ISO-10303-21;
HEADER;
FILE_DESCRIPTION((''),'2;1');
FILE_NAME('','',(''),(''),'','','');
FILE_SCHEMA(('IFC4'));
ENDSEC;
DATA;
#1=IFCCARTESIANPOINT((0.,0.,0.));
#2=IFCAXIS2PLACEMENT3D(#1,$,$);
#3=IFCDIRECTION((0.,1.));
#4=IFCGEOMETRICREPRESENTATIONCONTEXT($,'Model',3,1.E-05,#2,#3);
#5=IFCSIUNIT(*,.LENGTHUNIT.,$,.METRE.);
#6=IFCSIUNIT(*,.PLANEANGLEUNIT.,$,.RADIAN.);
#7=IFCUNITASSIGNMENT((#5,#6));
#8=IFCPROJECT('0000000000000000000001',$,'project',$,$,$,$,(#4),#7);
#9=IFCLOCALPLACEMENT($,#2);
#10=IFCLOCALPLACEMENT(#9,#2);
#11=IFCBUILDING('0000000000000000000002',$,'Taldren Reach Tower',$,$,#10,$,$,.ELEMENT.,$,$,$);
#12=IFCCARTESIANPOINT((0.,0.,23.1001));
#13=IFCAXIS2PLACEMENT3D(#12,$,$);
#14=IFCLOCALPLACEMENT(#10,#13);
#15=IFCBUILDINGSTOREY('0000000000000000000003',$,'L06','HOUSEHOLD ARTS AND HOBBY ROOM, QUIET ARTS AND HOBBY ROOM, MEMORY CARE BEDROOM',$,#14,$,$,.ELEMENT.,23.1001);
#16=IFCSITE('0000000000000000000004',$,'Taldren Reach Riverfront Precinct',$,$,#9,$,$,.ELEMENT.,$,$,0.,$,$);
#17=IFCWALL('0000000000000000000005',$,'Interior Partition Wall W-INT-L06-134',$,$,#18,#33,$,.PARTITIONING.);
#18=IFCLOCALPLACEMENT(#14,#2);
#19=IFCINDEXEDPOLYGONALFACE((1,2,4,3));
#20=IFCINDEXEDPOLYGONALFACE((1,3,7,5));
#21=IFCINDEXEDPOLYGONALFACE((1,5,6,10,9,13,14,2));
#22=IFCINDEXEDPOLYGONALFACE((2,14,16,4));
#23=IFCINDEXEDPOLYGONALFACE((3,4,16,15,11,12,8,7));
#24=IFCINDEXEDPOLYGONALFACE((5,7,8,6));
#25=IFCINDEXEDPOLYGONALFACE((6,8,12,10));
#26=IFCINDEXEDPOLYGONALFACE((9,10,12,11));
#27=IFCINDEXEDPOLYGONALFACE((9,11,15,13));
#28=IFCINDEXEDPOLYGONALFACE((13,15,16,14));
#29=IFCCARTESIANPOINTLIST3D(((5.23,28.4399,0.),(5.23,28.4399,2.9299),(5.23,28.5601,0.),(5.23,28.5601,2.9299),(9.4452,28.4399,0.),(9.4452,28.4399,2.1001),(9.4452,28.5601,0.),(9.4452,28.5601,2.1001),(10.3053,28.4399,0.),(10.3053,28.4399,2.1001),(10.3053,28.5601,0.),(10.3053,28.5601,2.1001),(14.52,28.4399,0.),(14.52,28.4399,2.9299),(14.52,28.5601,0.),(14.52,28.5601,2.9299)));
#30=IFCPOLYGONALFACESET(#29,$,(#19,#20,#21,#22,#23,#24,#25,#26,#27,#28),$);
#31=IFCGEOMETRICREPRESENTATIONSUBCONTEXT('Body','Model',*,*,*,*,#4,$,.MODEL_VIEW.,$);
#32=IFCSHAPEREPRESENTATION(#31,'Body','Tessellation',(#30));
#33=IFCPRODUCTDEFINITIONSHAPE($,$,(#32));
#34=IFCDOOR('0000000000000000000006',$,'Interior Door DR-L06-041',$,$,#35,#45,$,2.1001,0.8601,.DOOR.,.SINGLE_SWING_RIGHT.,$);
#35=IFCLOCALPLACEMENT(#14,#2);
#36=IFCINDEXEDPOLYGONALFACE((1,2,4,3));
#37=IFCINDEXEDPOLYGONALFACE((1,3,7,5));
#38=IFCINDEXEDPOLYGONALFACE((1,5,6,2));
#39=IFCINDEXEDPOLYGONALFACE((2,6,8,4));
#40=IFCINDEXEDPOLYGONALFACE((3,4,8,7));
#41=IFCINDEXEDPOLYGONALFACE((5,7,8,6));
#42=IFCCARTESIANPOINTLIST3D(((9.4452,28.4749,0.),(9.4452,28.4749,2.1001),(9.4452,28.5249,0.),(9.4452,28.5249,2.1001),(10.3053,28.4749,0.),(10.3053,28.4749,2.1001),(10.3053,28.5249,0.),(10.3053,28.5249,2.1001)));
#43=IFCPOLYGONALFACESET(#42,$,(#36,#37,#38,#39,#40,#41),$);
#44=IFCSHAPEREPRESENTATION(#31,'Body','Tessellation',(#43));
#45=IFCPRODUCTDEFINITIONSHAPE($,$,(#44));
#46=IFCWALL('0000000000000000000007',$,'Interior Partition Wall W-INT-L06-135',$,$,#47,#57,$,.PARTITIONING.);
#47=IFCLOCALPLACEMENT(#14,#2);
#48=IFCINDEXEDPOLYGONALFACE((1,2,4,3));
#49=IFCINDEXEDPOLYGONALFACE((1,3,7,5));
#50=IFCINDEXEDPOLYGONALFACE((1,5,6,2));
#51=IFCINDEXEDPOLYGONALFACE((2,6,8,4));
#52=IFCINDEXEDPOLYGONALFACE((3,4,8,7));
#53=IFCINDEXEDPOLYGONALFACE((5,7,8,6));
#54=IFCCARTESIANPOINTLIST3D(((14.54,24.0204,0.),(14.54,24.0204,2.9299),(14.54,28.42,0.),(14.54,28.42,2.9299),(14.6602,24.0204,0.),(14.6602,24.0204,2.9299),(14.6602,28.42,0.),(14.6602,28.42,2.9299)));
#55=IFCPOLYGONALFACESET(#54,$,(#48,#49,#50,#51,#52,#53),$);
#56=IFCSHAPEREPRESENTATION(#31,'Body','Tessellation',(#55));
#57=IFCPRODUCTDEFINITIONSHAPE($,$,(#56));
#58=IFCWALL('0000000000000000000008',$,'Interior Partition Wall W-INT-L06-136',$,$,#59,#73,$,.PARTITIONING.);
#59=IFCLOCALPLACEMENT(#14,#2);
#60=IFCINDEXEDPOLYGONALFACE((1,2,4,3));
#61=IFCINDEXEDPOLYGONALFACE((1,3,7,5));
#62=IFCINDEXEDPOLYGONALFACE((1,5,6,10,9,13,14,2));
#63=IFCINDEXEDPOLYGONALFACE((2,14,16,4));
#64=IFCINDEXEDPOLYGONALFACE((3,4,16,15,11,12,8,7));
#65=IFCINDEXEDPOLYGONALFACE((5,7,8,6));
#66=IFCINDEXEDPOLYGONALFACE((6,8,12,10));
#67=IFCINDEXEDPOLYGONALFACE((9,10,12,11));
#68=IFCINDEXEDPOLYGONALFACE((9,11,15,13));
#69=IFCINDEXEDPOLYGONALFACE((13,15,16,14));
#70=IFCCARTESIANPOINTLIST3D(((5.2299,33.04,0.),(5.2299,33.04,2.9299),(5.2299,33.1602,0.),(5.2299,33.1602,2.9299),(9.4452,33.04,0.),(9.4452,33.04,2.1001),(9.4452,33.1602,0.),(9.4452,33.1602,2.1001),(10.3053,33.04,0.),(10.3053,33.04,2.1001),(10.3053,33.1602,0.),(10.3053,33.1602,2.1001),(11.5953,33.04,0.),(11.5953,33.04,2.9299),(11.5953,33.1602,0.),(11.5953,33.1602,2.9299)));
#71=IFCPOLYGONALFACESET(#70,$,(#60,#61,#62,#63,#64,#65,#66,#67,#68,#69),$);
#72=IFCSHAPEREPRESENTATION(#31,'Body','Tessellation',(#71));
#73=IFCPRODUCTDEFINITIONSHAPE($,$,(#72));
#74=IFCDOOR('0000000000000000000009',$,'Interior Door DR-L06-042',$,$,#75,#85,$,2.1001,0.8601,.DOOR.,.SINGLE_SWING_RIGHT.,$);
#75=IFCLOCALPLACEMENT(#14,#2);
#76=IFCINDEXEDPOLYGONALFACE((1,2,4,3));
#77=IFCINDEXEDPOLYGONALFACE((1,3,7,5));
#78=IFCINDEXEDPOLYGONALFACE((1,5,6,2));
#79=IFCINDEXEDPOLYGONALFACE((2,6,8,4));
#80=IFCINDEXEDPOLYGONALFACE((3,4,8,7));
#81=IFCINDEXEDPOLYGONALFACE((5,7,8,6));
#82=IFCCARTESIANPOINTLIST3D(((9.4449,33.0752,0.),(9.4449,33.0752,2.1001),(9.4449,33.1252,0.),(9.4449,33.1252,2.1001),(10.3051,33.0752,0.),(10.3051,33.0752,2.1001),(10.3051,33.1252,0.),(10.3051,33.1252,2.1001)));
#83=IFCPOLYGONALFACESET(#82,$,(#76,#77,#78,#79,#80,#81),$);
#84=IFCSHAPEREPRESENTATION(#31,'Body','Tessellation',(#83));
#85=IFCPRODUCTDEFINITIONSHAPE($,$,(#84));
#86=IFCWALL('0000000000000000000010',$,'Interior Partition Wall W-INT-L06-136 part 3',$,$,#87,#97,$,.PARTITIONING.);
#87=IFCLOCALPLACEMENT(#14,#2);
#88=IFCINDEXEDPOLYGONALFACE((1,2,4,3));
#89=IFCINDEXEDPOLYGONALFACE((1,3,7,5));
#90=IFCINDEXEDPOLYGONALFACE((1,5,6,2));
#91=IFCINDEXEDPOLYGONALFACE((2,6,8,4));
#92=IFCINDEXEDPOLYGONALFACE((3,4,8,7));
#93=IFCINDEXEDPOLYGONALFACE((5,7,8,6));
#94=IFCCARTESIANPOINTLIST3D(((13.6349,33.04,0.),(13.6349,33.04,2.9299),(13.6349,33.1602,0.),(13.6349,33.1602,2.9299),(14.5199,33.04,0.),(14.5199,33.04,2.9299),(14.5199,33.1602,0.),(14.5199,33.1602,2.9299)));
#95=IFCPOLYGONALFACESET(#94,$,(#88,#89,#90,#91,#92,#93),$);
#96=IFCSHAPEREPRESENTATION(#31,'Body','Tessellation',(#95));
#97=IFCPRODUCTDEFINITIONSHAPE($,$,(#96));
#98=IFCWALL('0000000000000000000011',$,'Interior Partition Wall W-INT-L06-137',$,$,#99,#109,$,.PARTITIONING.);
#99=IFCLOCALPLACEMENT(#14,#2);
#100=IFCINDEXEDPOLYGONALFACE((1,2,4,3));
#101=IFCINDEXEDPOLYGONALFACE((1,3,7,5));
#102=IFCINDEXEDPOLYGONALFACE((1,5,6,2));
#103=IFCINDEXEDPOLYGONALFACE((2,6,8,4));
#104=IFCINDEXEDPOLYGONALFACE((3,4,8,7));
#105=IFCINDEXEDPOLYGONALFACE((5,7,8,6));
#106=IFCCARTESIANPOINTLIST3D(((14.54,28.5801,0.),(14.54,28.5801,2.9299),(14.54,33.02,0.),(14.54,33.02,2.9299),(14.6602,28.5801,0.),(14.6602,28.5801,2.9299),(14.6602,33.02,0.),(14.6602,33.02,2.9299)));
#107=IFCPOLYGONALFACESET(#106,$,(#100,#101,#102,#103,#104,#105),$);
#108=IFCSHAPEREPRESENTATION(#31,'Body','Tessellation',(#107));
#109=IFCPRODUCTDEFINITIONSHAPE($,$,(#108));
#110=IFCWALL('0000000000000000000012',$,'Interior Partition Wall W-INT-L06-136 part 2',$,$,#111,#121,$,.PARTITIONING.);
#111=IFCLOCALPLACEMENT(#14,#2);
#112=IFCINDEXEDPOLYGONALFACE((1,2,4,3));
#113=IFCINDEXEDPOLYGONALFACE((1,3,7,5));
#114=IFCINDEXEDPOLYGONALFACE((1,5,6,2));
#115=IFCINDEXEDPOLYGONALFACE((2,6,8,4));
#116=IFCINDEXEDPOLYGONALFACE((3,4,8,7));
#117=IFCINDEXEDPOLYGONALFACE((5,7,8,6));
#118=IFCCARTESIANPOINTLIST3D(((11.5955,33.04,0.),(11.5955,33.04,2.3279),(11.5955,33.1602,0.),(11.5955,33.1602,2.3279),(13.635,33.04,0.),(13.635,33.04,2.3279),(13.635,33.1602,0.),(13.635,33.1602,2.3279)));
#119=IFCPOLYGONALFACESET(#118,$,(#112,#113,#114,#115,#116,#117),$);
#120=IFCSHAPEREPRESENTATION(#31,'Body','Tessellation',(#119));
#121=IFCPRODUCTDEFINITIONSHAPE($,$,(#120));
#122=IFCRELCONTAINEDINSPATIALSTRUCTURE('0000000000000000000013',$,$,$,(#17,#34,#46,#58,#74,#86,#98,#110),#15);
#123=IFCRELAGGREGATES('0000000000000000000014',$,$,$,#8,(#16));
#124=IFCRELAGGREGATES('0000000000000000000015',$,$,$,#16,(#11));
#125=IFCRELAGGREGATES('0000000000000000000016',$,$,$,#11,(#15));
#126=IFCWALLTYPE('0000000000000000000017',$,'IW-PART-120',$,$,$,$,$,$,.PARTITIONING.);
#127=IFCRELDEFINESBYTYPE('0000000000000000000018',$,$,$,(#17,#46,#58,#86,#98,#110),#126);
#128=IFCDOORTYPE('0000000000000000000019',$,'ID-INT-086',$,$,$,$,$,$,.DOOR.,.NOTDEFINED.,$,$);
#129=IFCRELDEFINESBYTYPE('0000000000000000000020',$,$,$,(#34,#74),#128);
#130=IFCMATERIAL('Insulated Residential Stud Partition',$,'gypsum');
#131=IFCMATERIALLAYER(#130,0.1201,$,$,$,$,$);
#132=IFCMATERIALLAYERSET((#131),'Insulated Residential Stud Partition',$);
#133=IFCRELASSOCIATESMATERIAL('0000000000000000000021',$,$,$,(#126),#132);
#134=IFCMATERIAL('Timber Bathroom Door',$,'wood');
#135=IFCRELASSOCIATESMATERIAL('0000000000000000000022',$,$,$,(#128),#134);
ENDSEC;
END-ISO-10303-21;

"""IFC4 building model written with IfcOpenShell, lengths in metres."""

from ifc_helpers import new_model, si_unit, direction, frame, frame_2d, origin, place, context, subcontext, project, spatial, rectangle, extrude, source, transform, mapped, material, layer, layer_set, type_object, element, fill, save


model = new_model("IFC4")

# Units and contexts
model_context = context("Model", 3, precision=1e-05, world=origin(), true_north=direction((0.0, 1.0)))
body_context = subcontext(model_context, "Body", "Model", "MODEL_VIEW")
ifc_project = project(units=[si_unit("LENGTHUNIT", "METRE"), si_unit("PLANEANGLEUNIT", "RADIAN")], contexts=[model_context])

# Site, building, storey
site_placement = place(None, origin())
site = spatial("IfcSite", under=ifc_project, at=site_placement, Name="Taldren Reach Riverfront Precinct", CompositionType="ELEMENT", RefElevation=0.0)
building_placement = place(site_placement, origin())
building = spatial("IfcBuilding", under=site, at=building_placement, Name="Taldren Reach Tower", CompositionType="ELEMENT")
storey_placement = place(building_placement, frame((0.0, 0.0, 23.1001)))
storey = spatial("IfcBuildingStorey", under=building, at=storey_placement, Name="L06", Description="HOUSEHOLD ARTS AND HOBBY ROOM, QUIET ARTS AND HOBBY ROOM, MEMORY CARE BEDROOM", CompositionType="ELEMENT", Elevation=23.1001)

# Wall, opening, door
ifc_material_1 = material(Name="Insulated Residential Stud Partition", Category="gypsum")
ifc_layer_1 = layer(ifc_material_1, 0.1201)
ifc_layer_set_1 = layer_set([ifc_layer_1], Name="Insulated Residential Stud Partition")
wall_type_1 = type_object("IfcWallType", Name="IW-PART-120", PredefinedType="PARTITIONING", material=ifc_layer_set_1)
shared_shape_1 = source(origin(), body_context, "Body", "SweptSolid", [
    extrude(rectangle(XDim=9.29, YDim=0.1201, at=frame_2d((4.645, 0.0))), origin(), (0.0, 0.0, 1.0), 2.9299),
])
shared_shape_2 = source(origin(), body_context, "Body", "SweptSolid", [
    extrude(rectangle(XDim=0.8601, YDim=2.1001, at=frame_2d((0.4302, 1.05))), frame((0.0, 0.0701, 0.0), z_axis=(0.0, -1.0, 0.0), x_axis=(1.0, 0.0, 0.0)), (0.0, 0.0, 1.0), 0.1401),
])
ifc_material_2 = material(Name="Timber Bathroom Door", Category="wood")
door_type_1 = type_object("IfcDoorType", Name="ID-INT-086", OperationType="NOTDEFINED", PredefinedType="DOOR", material=ifc_material_2)
shared_shape_3 = source(origin(), body_context, "Body", "SweptSolid", [
    extrude(rectangle(XDim=0.8601, YDim=2.1001, at=frame_2d((0.4302, 1.05))), frame((0.0, 0.0249, 0.0), z_axis=(0.0, -1.0, 0.0), x_axis=(1.0, 0.0, 0.0)), (0.0, 0.0, 1.0), 0.05),
])
wall_1_placement = place(storey_placement, frame((5.23, 28.5, 0.0), z_axis=(0.0, 0.0, 1.0), x_axis=(1.0, 0.0, 0.0)))
wall_1 = element("IfcWall", 1, at=wall_1_placement, inside=storey, type_object=wall_type_1, Name="Interior Partition Wall W-INT-L06-134", PredefinedType="PARTITIONING", context=body_context, shape_type="MappedRepresentation", body=[
    mapped(shared_shape_1, transform((0.0, 0.0, 0.0), scale=1.0)),
])
opening_1_placement = place(wall_1_placement, frame((4.2151, 0.0, 0.0)))
opening_1 = element("IfcOpeningElement", 2, at=opening_1_placement, cuts=wall_1, PredefinedType="OPENING", context=body_context, shape_type="MappedRepresentation", body=[
    mapped(shared_shape_2, transform((0.0, 0.0, 0.0), scale=1.0)),
])
door_1_placement = place(opening_1_placement, origin())
door_1 = element("IfcDoor", 3, at=door_1_placement, inside=storey, type_object=door_type_1, Name="Interior Door DR-L06-041", OperationType="SINGLE_SWING_RIGHT", OverallHeight=2.1001, OverallWidth=0.8601, PredefinedType="DOOR", context=body_context, shape_type="MappedRepresentation", body=[
    mapped(shared_shape_3, transform((0.0, 0.0, 0.0), scale=1.0)),
])
fill(opening_1, door_1)

# Wall
shared_shape_4 = source(origin(), body_context, "Body", "SweptSolid", [
    extrude(rectangle(XDim=4.3997, YDim=0.1201, at=frame_2d((2.1997, 0.0))), origin(), (0.0, 0.0, 1.0), 2.9299),
])
wall_2_placement = place(storey_placement, frame((14.6001, 28.4199, 0.0), z_axis=(0.0, 0.0, 1.0), x_axis=(0.0, -1.0, 0.0)))
element("IfcWall", 4, at=wall_2_placement, inside=storey, type_object=wall_type_1, Name="Interior Partition Wall W-INT-L06-135", PredefinedType="PARTITIONING", context=body_context, shape_type="MappedRepresentation", body=[
    mapped(shared_shape_4, transform((0.0, 0.0, 0.0), scale=1.0)),
])

# Wall, opening, door
shared_shape_5 = source(origin(), body_context, "Body", "SweptSolid", [
    extrude(rectangle(XDim=6.3655, YDim=0.1201, at=frame_2d((3.1826, 0.0))), origin(), (0.0, 0.0, 1.0), 2.9299),
])
wall_3_placement = place(storey_placement, frame((5.23, 33.1001, 0.0), z_axis=(0.0, 0.0, 1.0), x_axis=(1.0, 0.0, 0.0)))
wall_3 = element("IfcWall", 5, at=wall_3_placement, inside=storey, type_object=wall_type_1, Name="Interior Partition Wall W-INT-L06-136", PredefinedType="PARTITIONING", context=body_context, shape_type="MappedRepresentation", body=[
    mapped(shared_shape_5, transform((0.0, 0.0, 0.0), scale=1.0)),
])
opening_2_placement = place(wall_3_placement, frame((4.2151, 0.0, 0.0)))
opening_2 = element("IfcOpeningElement", 6, at=opening_2_placement, cuts=wall_3, PredefinedType="OPENING", context=body_context, shape_type="MappedRepresentation", body=[
    mapped(shared_shape_2, transform((0.0, 0.0, 0.0), scale=1.0)),
])
door_2_placement = place(opening_2_placement, frame((0.8601, 0.0, 0.0), z_axis=(0.0, 0.0, 1.0), x_axis=(-1.0, 0.0, 0.0)))
door_2 = element("IfcDoor", 7, at=door_2_placement, inside=storey, type_object=door_type_1, Name="Interior Door DR-L06-042", OperationType="SINGLE_SWING_RIGHT", OverallHeight=2.1001, OverallWidth=0.8601, PredefinedType="DOOR", context=body_context, shape_type="MappedRepresentation", body=[
    mapped(shared_shape_3, transform((0.0, 0.0, 0.0), scale=1.0)),
])
fill(opening_2, door_2)

# Walls
shared_shape_6 = source(origin(), body_context, "Body", "SweptSolid", [
    extrude(rectangle(XDim=0.885, YDim=0.1201, at=frame_2d((0.4424, 0.0))), origin(), (0.0, 0.0, 1.0), 2.9299),
])
wall_4_placement = place(storey_placement, frame((13.635, 33.1001, 0.0), z_axis=(0.0, 0.0, 1.0), x_axis=(1.0, 0.0, 0.0)))
element("IfcWall", 8, at=wall_4_placement, inside=storey, type_object=wall_type_1, Name="Interior Partition Wall W-INT-L06-136 part 3", PredefinedType="PARTITIONING", context=body_context, shape_type="MappedRepresentation", body=[
    mapped(shared_shape_6, transform((0.0, 0.0, 0.0), scale=1.0)),
])
shared_shape_7 = source(origin(), body_context, "Body", "SweptSolid", [
    extrude(rectangle(XDim=4.4399, YDim=0.1201, at=frame_2d((2.22, 0.0))), origin(), (0.0, 0.0, 1.0), 2.9299),
])
wall_5_placement = place(storey_placement, frame((14.6001, 33.02, 0.0), z_axis=(0.0, 0.0, 1.0), x_axis=(0.0, -1.0, 0.0)))
element("IfcWall", 9, at=wall_5_placement, inside=storey, type_object=wall_type_1, Name="Interior Partition Wall W-INT-L06-137", PredefinedType="PARTITIONING", context=body_context, shape_type="MappedRepresentation", body=[
    mapped(shared_shape_7, transform((0.0, 0.0, 0.0), scale=1.0)),
])
shared_shape_8 = source(origin(), body_context, "Body", "SweptSolid", [
    extrude(rectangle(XDim=2.0396, YDim=0.1201, at=frame_2d((1.0198, 0.0))), origin(), (0.0, 0.0, 1.0), 2.3279),
])
wall_6_placement = place(storey_placement, frame((11.5955, 33.1001, 0.0), z_axis=(0.0, 0.0, 1.0), x_axis=(1.0, 0.0, 0.0)))
element("IfcWall", 10, at=wall_6_placement, inside=storey, type_object=wall_type_1, Name="Interior Partition Wall W-INT-L06-136 part 2", PredefinedType="PARTITIONING", context=body_context, shape_type="MappedRepresentation", body=[
    mapped(shared_shape_8, transform((0.0, 0.0, 0.0), scale=1.0)),
])

save(model, "model.ifc")
